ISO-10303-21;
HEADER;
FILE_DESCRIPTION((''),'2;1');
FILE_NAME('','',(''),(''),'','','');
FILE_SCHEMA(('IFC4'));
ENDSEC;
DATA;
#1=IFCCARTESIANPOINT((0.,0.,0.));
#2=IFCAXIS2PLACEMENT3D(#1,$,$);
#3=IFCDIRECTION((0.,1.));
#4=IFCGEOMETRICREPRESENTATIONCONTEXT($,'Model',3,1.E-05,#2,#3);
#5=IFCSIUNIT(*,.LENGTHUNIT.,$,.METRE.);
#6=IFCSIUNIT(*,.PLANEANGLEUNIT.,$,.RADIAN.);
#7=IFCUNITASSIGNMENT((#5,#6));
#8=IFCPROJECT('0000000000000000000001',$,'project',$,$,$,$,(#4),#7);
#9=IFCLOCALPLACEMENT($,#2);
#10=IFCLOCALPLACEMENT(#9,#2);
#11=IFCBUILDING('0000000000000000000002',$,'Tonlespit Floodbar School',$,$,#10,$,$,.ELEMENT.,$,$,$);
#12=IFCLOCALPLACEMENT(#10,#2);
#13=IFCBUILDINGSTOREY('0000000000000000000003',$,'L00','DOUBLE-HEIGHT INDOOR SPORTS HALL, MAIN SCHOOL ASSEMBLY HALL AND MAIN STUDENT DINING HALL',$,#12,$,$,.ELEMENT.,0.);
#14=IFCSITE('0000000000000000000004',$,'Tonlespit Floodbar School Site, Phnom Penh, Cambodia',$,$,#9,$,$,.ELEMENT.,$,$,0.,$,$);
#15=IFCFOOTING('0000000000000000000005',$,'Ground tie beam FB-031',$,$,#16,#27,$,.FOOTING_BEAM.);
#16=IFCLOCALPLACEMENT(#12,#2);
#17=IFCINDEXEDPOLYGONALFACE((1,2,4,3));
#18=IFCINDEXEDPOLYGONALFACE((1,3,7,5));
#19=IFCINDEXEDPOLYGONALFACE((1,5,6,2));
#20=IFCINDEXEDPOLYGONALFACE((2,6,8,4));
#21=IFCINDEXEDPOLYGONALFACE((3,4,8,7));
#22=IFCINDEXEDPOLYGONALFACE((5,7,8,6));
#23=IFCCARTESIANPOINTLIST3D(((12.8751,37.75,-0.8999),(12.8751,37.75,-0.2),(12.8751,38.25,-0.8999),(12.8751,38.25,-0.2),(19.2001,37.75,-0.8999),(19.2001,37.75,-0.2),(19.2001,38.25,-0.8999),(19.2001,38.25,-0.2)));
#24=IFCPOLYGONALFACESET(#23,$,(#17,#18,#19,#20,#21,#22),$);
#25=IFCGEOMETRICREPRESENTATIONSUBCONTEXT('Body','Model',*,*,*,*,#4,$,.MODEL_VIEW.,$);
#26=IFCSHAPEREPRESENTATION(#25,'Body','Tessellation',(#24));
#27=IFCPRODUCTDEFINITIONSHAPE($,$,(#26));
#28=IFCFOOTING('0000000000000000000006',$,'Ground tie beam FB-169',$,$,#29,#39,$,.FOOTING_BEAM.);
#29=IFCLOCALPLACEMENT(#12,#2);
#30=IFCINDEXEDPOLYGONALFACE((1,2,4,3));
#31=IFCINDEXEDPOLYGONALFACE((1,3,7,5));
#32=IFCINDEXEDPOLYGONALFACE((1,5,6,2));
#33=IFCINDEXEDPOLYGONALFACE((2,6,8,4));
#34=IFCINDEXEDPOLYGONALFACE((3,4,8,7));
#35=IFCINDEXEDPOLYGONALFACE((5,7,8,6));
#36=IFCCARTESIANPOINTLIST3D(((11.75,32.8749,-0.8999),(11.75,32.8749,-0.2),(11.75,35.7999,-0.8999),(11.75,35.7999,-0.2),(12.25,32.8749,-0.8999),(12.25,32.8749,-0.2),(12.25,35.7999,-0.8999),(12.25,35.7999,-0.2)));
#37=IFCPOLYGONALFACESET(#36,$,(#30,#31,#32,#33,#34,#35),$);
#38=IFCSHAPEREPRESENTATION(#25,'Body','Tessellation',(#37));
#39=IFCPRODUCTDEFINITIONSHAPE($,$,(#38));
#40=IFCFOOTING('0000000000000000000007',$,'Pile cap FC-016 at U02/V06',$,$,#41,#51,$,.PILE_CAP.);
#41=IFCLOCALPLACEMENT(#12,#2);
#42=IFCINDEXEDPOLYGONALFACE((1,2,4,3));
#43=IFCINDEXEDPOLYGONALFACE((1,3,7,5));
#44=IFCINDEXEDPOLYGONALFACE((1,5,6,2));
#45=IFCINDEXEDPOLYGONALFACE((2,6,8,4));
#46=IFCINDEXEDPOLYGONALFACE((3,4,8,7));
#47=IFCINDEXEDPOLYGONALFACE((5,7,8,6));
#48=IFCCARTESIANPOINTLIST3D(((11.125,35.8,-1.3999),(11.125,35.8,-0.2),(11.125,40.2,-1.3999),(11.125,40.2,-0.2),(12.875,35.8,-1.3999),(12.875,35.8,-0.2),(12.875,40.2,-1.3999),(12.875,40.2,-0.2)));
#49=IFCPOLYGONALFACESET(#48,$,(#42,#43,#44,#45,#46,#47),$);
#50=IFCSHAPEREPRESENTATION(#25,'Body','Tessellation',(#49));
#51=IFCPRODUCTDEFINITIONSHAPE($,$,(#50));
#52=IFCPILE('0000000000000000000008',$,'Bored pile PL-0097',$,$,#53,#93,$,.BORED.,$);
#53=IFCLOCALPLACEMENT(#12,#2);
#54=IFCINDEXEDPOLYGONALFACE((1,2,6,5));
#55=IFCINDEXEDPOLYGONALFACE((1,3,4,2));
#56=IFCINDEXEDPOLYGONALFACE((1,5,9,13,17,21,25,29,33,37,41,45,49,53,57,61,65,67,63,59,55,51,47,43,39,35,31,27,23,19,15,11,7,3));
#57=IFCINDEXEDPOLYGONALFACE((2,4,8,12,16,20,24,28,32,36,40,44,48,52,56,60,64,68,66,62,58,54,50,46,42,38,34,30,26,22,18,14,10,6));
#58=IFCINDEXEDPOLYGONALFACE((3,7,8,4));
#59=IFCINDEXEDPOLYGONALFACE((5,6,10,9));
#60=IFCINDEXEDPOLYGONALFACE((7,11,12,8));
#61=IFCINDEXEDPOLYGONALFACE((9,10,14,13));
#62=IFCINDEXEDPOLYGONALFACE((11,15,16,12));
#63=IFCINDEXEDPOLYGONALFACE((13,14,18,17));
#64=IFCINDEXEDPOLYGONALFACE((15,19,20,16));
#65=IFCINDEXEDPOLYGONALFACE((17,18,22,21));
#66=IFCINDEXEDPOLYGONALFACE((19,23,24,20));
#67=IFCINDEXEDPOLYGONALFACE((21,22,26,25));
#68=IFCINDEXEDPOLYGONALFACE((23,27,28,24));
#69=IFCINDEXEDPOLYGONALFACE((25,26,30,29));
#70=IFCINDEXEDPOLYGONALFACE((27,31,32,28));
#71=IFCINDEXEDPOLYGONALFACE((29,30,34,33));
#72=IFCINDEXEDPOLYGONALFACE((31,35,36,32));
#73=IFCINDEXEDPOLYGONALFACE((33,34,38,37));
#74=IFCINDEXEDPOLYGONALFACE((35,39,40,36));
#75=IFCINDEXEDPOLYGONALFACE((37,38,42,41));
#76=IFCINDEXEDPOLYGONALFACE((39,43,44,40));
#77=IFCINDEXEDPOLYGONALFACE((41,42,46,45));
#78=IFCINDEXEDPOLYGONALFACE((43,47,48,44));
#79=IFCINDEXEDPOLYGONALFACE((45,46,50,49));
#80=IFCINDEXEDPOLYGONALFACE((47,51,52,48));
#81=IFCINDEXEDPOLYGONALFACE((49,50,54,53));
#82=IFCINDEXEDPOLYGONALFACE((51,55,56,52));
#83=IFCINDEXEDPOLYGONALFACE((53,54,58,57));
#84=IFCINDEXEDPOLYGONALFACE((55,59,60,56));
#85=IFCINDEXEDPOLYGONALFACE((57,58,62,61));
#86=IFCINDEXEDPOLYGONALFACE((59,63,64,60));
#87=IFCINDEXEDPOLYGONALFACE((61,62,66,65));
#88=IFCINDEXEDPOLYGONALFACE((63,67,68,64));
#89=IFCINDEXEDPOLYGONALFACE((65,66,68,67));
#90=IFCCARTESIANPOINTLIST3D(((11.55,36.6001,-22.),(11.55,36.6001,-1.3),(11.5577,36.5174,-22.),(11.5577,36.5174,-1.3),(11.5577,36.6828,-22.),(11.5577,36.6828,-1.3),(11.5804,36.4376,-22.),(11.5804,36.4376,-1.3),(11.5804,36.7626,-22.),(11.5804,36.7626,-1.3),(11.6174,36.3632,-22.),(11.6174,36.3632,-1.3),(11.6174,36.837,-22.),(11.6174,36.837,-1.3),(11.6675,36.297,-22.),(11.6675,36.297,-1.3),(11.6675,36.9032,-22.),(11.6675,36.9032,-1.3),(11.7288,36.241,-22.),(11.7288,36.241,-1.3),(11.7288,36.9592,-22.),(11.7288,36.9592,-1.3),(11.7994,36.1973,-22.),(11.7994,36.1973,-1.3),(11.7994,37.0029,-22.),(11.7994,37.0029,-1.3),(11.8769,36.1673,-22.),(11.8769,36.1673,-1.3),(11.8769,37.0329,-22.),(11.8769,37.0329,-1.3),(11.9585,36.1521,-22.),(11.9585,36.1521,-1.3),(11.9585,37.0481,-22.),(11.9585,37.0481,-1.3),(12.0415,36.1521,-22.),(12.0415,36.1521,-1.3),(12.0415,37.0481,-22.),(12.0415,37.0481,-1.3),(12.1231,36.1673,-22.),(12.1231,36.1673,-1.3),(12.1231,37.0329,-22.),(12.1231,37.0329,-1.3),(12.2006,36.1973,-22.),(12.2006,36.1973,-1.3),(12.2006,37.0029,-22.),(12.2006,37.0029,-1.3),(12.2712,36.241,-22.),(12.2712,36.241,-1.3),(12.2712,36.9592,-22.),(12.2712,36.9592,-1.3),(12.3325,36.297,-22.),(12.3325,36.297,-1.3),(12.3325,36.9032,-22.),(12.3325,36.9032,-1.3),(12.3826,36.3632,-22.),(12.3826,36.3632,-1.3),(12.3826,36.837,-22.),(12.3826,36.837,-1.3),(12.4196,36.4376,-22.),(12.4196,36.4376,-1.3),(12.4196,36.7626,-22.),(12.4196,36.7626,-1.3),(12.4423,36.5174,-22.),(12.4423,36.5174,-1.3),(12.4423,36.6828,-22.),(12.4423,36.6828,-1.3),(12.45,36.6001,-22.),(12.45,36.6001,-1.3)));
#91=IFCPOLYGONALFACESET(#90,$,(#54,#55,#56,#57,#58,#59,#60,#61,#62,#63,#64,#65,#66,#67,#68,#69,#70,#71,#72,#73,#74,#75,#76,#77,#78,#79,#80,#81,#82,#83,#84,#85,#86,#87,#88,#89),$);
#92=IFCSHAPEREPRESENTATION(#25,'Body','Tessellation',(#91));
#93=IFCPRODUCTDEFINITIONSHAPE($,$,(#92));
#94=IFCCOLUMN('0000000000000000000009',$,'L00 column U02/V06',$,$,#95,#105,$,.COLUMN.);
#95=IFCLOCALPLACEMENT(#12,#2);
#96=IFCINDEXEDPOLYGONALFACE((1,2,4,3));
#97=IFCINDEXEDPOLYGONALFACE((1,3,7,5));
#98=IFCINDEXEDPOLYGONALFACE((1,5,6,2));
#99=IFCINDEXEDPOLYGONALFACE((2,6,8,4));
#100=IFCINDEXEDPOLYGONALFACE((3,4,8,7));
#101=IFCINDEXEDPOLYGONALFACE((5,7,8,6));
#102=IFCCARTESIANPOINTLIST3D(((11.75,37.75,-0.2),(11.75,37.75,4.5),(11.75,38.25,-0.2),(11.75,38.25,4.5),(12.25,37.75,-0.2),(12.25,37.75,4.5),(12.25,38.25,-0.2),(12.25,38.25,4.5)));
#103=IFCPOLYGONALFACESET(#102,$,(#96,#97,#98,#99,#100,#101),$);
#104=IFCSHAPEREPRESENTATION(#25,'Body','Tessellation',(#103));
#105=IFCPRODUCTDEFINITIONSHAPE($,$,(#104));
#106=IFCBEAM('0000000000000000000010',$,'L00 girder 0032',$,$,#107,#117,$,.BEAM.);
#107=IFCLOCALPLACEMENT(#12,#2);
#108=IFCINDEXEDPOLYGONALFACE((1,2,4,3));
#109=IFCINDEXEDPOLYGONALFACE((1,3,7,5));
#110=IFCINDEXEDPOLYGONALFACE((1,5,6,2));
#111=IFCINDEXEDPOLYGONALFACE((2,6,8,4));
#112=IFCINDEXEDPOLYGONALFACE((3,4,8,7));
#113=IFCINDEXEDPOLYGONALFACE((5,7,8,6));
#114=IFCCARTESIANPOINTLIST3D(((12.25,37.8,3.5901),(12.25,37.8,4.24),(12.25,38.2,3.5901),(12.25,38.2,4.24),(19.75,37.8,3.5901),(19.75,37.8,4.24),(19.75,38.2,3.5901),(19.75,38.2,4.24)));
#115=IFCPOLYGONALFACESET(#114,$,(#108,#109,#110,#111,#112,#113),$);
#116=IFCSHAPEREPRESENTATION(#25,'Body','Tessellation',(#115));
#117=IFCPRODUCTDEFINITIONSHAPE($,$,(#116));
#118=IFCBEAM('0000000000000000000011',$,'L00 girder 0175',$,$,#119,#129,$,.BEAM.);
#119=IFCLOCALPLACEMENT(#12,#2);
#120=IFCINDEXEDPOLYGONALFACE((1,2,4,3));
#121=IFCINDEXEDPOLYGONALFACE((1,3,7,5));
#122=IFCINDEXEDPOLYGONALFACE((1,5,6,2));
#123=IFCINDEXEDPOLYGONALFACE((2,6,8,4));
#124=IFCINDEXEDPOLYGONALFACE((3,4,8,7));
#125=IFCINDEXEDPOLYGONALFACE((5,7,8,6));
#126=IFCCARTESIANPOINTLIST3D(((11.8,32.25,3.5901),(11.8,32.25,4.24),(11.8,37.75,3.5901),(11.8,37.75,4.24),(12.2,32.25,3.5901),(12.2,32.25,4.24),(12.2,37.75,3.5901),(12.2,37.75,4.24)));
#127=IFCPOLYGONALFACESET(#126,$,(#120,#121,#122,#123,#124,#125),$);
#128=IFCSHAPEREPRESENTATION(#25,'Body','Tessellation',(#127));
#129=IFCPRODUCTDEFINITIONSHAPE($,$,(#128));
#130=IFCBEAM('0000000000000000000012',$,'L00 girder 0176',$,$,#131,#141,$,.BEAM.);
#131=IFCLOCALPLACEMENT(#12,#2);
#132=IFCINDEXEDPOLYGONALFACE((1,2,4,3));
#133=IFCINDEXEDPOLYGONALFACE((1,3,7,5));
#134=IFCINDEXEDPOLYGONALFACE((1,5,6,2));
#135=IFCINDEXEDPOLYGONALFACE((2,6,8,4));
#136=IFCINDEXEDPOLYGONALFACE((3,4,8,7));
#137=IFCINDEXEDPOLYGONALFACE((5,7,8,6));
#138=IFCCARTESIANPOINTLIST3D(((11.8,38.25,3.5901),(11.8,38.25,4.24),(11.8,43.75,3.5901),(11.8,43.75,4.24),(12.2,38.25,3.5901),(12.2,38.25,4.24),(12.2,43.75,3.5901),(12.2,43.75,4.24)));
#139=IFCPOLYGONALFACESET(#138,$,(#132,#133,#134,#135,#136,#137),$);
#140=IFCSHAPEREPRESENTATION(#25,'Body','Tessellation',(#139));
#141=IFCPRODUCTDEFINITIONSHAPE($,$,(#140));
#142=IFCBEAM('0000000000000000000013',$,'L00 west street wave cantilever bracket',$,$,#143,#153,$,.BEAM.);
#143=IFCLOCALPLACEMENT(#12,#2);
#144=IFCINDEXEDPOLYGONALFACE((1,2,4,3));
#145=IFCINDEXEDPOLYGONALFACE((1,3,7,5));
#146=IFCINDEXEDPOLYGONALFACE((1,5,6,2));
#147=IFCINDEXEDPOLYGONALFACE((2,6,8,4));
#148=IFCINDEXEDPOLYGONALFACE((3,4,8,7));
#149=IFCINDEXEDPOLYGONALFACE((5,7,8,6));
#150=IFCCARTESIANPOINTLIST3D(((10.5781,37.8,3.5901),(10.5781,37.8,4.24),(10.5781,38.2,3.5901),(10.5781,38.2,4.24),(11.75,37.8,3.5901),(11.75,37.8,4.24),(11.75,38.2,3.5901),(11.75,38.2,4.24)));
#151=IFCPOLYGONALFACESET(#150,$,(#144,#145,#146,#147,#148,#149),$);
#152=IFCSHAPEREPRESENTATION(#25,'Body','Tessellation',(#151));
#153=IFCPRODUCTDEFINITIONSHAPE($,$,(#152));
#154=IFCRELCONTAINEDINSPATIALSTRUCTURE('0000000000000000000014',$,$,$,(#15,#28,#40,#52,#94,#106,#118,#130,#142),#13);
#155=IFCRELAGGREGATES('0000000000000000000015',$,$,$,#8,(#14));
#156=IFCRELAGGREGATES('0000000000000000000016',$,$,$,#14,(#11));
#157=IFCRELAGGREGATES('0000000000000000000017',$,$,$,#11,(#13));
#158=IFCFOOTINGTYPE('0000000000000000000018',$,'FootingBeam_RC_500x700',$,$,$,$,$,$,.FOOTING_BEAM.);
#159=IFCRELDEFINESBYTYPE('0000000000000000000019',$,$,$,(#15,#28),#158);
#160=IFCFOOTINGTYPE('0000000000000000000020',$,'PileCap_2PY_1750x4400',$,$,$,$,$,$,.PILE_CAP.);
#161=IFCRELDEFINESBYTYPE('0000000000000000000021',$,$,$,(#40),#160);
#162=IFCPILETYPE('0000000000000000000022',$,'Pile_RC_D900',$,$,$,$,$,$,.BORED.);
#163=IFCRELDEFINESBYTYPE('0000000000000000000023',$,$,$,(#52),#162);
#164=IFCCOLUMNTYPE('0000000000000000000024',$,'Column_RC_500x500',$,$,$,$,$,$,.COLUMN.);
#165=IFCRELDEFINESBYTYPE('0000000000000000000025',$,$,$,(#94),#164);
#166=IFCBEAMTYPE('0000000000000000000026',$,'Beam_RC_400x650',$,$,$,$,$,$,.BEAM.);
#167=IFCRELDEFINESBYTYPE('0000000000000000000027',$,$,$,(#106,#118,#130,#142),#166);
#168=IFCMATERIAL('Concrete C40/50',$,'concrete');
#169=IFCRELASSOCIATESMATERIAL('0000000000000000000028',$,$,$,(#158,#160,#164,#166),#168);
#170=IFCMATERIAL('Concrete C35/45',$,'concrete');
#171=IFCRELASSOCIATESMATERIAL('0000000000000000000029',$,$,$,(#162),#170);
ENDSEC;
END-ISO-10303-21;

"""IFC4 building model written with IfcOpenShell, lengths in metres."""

from ifc_helpers import new_model, si_unit, direction, frame, origin, origin_2d, place, context, subcontext, project, spatial, rectangle, circle, extrude, material, material_profile, profile_set, type_object, element, save


model = new_model("IFC4")

# Units and contexts
model_context = context("Model", 3, precision=1e-05, world=origin(), true_north=direction((0.0, 1.0)))
body_context = subcontext(model_context, "Body", "Model", "MODEL_VIEW")
ifc_project = project(units=[si_unit("LENGTHUNIT", "METRE"), si_unit("PLANEANGLEUNIT", "RADIAN")], contexts=[model_context])

# Site, building, storey
site_placement = place(None, origin())
site = spatial("IfcSite", under=ifc_project, at=site_placement, Name="Tonlespit Floodbar School Site, Phnom Penh, Cambodia", CompositionType="ELEMENT", RefElevation=0.0)
building_placement = place(site_placement, origin())
building = spatial("IfcBuilding", under=site, at=building_placement, Name="Tonlespit Floodbar School", CompositionType="ELEMENT")
storey_placement = place(building_placement, origin())
storey = spatial("IfcBuildingStorey", under=building, at=storey_placement, Name="L00", Description="DOUBLE-HEIGHT INDOOR SPORTS HALL, MAIN SCHOOL ASSEMBLY HALL AND MAIN STUDENT DINING HALL", CompositionType="ELEMENT", Elevation=0.0)

# Footings
ifc_material_1 = material(Name="Concrete C40/50", Category="concrete")
footing_type_1 = type_object("IfcFootingType", Name="FootingBeam_RC_500x700", PredefinedType="FOOTING_BEAM", material=ifc_material_1)
footing_1_placement = place(storey_placement, frame((16.0376, 38.0, -0.8999), z_axis=(0.0, 0.0, 1.0), x_axis=(1.0, 0.0, 0.0)))
element("IfcFooting", 1, at=footing_1_placement, inside=storey, type_object=footing_type_1, Name="Ground tie beam FB-031", PredefinedType="FOOTING_BEAM", context=body_context, shape_type="SweptSolid", body=[
    extrude(rectangle(XDim=6.325, YDim=0.5, at=origin_2d()), origin(), (0.0, 0.0, 1.0), 0.7),
])
footing_2_placement = place(storey_placement, frame((12.0, 34.3374, -0.8999), z_axis=(0.0, 0.0, 1.0), x_axis=(0.0, 1.0, 0.0)))
element("IfcFooting", 2, at=footing_2_placement, inside=storey, type_object=footing_type_1, Name="Ground tie beam FB-169", PredefinedType="FOOTING_BEAM", context=body_context, shape_type="SweptSolid", body=[
    extrude(rectangle(XDim=2.925, YDim=0.5, at=origin_2d()), origin(), (0.0, 0.0, 1.0), 0.7),
])
footing_type_2 = type_object("IfcFootingType", Name="PileCap_2PY_1750x4400", PredefinedType="PILE_CAP", material=ifc_material_1)
footing_3_placement = place(storey_placement, frame((12.0, 38.0, -1.3999), z_axis=(0.0, 0.0, 1.0), x_axis=(1.0, 0.0, 0.0)))
element("IfcFooting", 3, at=footing_3_placement, inside=storey, type_object=footing_type_2, Name="Pile cap FC-016 at U02/V06", PredefinedType="PILE_CAP", context=body_context, shape_type="SweptSolid", body=[
    extrude(rectangle(XDim=1.75, YDim=4.3999, at=origin_2d()), origin(), (0.0, 0.0, 1.0), 1.2),
])

# Pile
ifc_material_2 = material(Name="Concrete C35/45", Category="concrete")
ifc_material_profile_1 = material_profile(ifc_material_2, circle(Radius=0.45, at=origin_2d()), Name="BP D900")
ifc_profile_set_1 = profile_set([ifc_material_profile_1], Name="Concrete C35/45")
pile_type = type_object("IfcPileType", Name="Pile_RC_D900", PredefinedType="BORED", material=ifc_profile_set_1)
pile_placement = place(storey_placement, frame((12.0, 36.6001, -1.3), z_axis=(0.0, 0.0, -1.0), x_axis=(1.0, 0.0, 0.0)))
element("IfcPile", 4, at=pile_placement, inside=storey, type_object=pile_type, Name="Bored pile PL-0097", PredefinedType="BORED", context=body_context, shape_type="SweptSolid", body=[
    extrude(circle(Radius=0.45, at=origin_2d()), origin(), (0.0, 0.0, 1.0), 20.7),
])

# Column
ifc_material_profile_2 = material_profile(ifc_material_1, rectangle(XDim=0.5, YDim=0.5, at=origin_2d()), Name="RC 500x500")
ifc_profile_set_2 = profile_set([ifc_material_profile_2], Name="Concrete C40/50")
column_type = type_object("IfcColumnType", Name="Column_RC_500x500", PredefinedType="COLUMN", material=ifc_profile_set_2)
column_placement = place(storey_placement, frame((12.0, 38.0, -0.2), z_axis=(0.0, 0.0, 1.0), x_axis=(1.0, 0.0, 0.0)))
element("IfcColumn", 5, at=column_placement, inside=storey, type_object=column_type, Name="L00 column U02/V06", PredefinedType="COLUMN", context=body_context, shape_type="SweptSolid", body=[
    extrude(rectangle(XDim=0.5, YDim=0.5, at=origin_2d()), origin(), (0.0, 0.0, 1.0), 4.7),
])

# Beams
ifc_material_profile_3 = material_profile(ifc_material_1, rectangle(XDim=0.3999, YDim=0.6499, at=origin_2d()), Name="RC 400x650")
ifc_profile_set_3 = profile_set([ifc_material_profile_3], Name="Concrete C40/50")
beam_type_1 = type_object("IfcBeamType", Name="Beam_RC_400x650", PredefinedType="BEAM", material=ifc_profile_set_3)
beam_1_placement = place(storey_placement, frame((12.25, 38.0, 3.915), z_axis=(1.0, 0.0, 0.0), x_axis=(0.0, 1.0, 0.0)))
element("IfcBeam", 6, at=beam_1_placement, inside=storey, type_object=beam_type_1, Name="L00 girder 0032", PredefinedType="BEAM", context=body_context, shape_type="SweptSolid", body=[
    extrude(rectangle(XDim=0.3999, YDim=0.6499, at=origin_2d()), origin(), (0.0, 0.0, 1.0), 7.5),
])
for number, where, z_axis, x_axis, name in (
    (7, (12.0, 32.25, 3.915), (0.0, 1.0, 0.0), (-1.0, 0.0, 0.0), "L00 girder 0175"),
    (8, (12.0, 38.25, 3.915), (0.0, 1.0, 0.0), (-1.0, 0.0, 0.0), "L00 girder 0176"),
):
    element("IfcBeam", number, at=place(storey_placement, frame(where, z_axis=z_axis, x_axis=x_axis)), inside=storey, type_object=beam_type_1, Name=name, PredefinedType="BEAM", context=body_context, shape_type="SweptSolid", body=[
        extrude(rectangle(XDim=0.3999, YDim=0.6499, at=origin_2d()), origin(), (0.0, 0.0, 1.0), 5.5),
    ])
beam_2_placement = place(storey_placement, frame((11.75, 38.0, 3.915), z_axis=(-1.0, 0.0, 0.0), x_axis=(0.0, -1.0, 0.0)))
element("IfcBeam", 9, at=beam_2_placement, inside=storey, type_object=beam_type_1, Name="L00 west street wave cantilever bracket", PredefinedType="BEAM", context=body_context, shape_type="SweptSolid", body=[
    extrude(rectangle(XDim=0.3999, YDim=0.6499, at=origin_2d()), origin(), (0.0, 0.0, 1.0), 1.1719),
])

save(model, "model.ifc")
